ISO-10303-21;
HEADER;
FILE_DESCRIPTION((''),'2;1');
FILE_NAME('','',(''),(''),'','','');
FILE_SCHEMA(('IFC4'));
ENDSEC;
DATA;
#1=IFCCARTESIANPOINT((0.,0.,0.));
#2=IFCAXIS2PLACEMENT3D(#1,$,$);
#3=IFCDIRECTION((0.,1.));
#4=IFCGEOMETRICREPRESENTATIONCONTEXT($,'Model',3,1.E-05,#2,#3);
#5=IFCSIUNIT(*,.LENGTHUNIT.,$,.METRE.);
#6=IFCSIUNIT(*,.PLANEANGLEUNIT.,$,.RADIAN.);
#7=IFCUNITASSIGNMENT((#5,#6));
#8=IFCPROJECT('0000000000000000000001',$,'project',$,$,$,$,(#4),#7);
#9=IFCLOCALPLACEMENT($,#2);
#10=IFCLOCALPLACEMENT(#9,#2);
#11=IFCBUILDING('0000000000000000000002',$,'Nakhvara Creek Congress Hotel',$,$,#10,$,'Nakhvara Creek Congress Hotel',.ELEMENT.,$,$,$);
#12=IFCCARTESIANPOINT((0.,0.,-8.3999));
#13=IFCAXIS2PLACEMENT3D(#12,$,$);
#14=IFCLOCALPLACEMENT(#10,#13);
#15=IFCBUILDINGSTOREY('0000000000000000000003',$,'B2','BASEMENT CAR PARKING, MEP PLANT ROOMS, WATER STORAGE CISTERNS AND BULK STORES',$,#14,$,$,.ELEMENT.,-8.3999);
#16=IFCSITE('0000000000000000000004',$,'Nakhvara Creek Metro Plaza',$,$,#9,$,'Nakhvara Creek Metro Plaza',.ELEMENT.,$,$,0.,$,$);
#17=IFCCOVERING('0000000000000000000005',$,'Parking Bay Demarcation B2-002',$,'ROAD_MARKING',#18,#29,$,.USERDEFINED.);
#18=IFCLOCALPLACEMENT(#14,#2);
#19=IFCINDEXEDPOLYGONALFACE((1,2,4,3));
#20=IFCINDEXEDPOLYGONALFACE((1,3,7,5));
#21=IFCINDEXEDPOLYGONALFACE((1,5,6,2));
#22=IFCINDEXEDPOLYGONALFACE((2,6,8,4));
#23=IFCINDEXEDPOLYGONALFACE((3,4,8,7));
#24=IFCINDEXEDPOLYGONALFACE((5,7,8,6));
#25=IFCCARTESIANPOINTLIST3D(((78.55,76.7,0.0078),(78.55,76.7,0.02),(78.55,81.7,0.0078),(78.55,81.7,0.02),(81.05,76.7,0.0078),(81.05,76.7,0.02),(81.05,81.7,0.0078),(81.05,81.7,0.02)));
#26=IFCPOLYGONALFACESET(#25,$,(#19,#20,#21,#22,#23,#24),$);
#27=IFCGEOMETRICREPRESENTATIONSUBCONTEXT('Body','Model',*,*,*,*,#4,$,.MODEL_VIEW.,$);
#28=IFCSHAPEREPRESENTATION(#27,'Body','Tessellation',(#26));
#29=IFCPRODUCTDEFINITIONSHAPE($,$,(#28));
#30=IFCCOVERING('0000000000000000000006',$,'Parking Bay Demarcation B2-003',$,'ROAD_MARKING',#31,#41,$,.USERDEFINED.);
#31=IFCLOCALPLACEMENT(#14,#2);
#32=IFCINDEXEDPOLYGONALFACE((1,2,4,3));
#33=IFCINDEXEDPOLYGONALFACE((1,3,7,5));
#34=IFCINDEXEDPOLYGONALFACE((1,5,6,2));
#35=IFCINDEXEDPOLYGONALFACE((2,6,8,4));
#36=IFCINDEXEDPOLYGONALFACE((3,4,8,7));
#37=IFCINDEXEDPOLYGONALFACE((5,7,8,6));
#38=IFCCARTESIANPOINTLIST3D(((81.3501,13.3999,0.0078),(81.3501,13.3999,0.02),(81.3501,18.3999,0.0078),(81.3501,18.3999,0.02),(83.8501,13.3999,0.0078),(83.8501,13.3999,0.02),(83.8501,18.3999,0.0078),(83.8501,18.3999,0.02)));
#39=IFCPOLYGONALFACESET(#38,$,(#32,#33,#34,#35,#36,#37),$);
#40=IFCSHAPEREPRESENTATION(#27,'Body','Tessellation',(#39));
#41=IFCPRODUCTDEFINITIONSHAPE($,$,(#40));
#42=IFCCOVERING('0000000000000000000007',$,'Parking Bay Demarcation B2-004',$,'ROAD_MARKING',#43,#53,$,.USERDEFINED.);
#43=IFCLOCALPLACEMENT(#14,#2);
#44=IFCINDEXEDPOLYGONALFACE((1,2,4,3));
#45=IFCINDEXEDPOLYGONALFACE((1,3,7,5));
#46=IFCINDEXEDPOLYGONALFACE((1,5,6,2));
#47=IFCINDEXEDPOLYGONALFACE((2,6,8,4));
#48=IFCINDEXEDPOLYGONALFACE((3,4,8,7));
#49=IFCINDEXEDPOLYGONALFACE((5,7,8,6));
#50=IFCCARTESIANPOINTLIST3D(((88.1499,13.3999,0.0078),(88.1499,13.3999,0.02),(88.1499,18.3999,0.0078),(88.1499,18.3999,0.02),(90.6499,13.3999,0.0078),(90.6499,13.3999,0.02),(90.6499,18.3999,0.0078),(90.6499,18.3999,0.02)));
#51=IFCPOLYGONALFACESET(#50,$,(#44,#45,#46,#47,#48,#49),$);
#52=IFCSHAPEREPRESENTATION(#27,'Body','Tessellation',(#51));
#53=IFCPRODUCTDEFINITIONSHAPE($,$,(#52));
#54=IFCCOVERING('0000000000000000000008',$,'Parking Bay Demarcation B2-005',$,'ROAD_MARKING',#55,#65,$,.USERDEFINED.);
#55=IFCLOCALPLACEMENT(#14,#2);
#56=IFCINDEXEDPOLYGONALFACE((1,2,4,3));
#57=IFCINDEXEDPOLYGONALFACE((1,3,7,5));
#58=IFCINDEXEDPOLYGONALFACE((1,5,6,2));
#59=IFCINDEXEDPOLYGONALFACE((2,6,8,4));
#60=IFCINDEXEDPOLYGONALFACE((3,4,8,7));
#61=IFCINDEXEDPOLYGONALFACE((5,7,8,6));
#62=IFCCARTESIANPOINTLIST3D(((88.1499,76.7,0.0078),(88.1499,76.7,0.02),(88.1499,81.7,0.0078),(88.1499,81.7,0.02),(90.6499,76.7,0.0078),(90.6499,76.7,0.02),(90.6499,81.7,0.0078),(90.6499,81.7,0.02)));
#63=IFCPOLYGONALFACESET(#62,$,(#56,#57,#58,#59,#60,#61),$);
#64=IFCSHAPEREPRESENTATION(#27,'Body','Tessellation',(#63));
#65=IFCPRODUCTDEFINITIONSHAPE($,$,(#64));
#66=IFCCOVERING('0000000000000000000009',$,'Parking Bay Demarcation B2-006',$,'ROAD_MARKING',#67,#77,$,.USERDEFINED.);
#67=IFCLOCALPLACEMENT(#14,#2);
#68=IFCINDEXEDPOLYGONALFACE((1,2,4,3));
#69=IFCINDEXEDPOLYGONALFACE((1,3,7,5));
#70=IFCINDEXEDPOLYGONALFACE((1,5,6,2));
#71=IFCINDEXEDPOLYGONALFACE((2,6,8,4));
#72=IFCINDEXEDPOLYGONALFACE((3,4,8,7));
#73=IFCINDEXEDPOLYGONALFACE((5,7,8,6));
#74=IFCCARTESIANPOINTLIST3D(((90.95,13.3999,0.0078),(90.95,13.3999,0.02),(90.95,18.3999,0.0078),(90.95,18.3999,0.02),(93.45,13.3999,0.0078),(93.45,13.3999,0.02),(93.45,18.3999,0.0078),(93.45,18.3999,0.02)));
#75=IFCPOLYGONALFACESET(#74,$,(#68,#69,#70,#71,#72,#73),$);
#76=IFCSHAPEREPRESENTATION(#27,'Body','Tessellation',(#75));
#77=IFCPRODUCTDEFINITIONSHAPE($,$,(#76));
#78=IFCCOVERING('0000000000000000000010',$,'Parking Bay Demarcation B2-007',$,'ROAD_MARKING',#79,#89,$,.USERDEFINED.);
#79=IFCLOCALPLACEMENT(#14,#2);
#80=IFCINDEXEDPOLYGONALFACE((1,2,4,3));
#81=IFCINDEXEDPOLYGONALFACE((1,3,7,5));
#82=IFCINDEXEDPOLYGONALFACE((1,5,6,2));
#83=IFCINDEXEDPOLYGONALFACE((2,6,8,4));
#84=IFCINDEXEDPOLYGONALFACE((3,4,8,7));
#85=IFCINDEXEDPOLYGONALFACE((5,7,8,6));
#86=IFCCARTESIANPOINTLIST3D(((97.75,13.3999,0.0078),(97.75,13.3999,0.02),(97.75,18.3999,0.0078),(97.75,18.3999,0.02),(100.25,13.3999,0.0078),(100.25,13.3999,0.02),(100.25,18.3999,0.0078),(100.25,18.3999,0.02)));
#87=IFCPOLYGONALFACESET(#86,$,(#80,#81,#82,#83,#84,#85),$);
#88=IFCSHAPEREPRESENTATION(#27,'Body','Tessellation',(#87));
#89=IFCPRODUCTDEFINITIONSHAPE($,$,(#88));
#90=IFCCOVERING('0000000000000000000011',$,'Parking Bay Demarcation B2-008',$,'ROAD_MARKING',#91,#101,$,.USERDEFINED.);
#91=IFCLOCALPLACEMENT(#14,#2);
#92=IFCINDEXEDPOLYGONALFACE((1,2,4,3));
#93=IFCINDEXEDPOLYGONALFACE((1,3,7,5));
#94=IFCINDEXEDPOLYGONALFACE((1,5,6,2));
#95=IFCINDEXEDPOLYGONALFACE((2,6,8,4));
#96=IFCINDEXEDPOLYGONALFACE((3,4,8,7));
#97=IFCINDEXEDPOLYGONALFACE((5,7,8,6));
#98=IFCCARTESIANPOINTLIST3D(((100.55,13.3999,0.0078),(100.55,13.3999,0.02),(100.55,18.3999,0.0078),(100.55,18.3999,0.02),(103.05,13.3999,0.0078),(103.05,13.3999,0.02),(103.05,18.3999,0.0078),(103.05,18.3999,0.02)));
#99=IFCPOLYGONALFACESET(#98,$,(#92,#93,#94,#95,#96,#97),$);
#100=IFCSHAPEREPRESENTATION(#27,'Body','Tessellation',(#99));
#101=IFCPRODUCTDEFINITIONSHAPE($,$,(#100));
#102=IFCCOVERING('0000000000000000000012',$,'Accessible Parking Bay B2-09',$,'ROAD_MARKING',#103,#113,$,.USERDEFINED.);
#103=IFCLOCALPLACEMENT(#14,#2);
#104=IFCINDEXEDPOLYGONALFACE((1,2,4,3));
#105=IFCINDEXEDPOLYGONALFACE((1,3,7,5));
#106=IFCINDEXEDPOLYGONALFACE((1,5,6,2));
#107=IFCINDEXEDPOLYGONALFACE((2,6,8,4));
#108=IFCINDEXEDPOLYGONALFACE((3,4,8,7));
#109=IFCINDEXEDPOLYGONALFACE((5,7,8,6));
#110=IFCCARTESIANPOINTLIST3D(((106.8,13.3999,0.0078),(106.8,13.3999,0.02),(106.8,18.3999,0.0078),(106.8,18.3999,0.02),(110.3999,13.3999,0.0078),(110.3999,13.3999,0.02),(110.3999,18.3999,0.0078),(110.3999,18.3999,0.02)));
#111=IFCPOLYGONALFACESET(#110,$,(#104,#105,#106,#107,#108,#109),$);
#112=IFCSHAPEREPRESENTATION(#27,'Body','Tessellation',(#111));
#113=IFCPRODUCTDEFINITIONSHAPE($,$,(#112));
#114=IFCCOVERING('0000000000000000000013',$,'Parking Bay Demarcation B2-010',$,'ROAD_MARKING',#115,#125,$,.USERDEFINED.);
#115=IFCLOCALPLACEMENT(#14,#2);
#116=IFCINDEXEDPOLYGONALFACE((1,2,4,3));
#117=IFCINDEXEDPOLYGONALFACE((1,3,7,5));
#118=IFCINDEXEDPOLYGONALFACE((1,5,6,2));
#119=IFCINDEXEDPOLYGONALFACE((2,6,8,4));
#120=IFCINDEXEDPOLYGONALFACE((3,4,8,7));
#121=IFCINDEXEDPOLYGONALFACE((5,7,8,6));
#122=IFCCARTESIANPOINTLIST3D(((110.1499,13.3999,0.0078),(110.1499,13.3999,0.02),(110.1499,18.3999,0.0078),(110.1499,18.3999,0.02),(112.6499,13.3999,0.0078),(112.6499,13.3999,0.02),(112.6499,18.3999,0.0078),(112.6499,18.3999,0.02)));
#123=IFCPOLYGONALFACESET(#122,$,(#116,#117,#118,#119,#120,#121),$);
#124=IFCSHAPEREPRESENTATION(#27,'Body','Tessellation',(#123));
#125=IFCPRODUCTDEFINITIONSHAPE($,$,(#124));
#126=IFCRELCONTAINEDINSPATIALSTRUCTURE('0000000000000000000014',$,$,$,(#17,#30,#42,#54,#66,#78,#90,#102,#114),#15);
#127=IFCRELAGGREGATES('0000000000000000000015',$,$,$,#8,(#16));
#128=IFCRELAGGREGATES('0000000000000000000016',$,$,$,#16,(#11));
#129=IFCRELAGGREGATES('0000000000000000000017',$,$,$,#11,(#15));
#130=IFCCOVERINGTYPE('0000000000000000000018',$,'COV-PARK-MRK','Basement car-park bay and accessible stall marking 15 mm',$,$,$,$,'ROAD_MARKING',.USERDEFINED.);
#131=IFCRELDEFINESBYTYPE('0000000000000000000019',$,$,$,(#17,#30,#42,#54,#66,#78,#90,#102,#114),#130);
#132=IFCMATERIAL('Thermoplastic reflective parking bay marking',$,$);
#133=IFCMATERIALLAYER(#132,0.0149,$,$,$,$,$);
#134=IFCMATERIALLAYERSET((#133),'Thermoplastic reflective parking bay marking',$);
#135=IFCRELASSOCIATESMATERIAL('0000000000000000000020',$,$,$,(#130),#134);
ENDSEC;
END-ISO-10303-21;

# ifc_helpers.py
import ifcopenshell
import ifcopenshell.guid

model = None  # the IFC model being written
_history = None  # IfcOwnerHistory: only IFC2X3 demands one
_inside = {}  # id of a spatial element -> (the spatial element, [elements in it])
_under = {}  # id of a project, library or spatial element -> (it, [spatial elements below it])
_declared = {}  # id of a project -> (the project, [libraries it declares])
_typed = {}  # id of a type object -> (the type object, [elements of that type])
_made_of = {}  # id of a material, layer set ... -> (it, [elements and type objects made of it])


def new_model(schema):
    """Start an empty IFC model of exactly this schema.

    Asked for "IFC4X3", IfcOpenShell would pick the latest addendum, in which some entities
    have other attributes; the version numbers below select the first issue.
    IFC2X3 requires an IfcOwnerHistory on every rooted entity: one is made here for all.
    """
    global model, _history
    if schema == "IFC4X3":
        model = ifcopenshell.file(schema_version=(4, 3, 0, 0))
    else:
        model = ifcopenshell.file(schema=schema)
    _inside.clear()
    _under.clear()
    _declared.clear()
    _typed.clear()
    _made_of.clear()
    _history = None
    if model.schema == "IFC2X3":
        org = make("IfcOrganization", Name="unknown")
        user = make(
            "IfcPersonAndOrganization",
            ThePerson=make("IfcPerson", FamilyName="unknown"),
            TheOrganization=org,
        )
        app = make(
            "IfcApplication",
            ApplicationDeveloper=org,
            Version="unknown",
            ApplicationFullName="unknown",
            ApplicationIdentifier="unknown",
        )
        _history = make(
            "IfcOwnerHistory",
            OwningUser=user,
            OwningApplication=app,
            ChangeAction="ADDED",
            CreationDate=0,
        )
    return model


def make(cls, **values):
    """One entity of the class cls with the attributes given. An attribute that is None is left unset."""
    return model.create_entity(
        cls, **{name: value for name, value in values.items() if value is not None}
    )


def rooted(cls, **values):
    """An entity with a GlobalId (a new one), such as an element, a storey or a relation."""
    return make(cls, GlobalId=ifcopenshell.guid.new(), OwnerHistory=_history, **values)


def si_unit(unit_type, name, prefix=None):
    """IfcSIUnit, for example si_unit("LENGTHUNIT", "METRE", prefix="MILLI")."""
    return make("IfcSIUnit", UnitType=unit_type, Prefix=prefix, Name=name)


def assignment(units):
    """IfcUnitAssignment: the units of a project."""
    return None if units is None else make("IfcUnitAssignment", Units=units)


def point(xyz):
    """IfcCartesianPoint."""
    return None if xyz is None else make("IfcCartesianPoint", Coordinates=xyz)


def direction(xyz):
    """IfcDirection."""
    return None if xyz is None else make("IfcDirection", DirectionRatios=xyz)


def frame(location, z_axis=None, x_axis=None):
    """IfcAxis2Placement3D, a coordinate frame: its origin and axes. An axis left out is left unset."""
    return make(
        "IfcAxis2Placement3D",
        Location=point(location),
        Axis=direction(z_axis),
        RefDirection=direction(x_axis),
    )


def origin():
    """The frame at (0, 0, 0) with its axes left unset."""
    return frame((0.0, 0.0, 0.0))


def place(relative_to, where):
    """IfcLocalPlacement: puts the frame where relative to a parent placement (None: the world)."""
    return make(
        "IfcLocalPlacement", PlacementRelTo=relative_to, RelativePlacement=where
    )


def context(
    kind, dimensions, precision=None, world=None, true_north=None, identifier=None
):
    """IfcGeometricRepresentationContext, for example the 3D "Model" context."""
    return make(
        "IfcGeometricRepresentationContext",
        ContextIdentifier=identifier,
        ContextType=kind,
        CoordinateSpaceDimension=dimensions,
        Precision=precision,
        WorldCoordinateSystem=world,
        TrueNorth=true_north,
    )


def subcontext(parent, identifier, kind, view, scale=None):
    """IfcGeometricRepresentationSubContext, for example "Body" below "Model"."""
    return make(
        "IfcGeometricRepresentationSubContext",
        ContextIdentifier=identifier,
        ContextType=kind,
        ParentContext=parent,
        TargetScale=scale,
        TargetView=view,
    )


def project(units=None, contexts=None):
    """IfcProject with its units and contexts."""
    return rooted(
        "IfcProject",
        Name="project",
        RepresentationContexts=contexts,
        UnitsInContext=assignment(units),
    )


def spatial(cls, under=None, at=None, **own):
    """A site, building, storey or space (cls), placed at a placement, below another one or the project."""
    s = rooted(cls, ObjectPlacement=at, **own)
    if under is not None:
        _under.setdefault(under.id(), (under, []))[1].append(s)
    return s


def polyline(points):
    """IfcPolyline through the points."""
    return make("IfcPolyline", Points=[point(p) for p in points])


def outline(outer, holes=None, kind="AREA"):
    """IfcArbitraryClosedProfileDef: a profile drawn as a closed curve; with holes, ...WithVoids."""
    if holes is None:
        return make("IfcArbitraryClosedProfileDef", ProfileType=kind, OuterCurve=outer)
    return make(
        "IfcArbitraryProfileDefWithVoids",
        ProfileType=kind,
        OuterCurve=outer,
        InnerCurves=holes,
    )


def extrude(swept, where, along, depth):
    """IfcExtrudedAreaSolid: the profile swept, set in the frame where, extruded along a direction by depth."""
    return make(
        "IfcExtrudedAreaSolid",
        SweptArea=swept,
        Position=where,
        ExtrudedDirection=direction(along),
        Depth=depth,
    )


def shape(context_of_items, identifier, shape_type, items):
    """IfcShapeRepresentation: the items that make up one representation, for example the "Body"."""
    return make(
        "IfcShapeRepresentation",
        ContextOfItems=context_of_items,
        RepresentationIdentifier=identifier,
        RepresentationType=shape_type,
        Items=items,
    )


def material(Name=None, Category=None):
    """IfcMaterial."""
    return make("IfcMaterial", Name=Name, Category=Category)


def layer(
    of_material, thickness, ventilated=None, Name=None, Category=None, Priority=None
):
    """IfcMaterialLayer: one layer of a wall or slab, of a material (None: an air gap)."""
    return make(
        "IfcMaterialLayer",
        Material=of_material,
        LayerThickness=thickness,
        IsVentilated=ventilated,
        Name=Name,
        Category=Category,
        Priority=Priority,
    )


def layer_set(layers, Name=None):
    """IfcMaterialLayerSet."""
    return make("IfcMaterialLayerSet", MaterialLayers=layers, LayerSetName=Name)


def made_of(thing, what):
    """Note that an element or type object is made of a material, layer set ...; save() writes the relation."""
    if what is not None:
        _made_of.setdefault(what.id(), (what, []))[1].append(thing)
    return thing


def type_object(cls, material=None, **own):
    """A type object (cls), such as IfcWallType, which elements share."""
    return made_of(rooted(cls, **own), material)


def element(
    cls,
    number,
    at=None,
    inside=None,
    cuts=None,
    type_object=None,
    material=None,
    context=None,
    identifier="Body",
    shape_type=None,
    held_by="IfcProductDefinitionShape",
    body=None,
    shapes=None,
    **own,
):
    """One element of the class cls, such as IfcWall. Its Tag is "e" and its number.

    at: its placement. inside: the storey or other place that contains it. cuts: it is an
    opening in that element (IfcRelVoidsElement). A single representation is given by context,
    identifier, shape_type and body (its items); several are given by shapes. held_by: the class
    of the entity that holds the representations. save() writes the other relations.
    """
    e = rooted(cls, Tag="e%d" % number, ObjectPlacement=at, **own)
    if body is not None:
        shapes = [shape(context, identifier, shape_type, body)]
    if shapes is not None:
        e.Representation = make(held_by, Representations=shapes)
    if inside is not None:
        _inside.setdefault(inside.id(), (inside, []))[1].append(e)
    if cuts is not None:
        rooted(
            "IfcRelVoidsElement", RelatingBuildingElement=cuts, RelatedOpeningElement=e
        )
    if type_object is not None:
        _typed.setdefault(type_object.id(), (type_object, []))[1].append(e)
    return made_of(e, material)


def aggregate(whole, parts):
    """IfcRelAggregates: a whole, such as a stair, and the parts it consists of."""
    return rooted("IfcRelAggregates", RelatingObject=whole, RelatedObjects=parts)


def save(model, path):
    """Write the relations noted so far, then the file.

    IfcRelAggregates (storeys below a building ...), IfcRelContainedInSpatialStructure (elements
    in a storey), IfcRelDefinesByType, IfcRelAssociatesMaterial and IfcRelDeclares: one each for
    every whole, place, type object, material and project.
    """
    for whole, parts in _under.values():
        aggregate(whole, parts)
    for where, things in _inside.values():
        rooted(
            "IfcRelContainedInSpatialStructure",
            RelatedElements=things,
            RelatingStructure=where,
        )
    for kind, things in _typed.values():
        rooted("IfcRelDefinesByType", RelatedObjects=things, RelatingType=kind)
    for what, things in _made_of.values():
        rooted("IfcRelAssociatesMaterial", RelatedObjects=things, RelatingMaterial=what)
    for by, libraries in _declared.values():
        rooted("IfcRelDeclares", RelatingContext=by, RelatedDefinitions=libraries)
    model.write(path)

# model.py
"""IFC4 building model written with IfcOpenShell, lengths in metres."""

from ifc_helpers import new_model, si_unit, direction, frame, origin, place, context, subcontext, project, spatial, polyline, outline, extrude, material, layer, layer_set, type_object, element, save


model = new_model("IFC4")

# Units and contexts
model_context = context("Model", 3, precision=1e-05, world=origin(), true_north=direction((0.0, 1.0)))
body_context = subcontext(model_context, "Body", "Model", "MODEL_VIEW")
ifc_project = project(units=[si_unit("LENGTHUNIT", "METRE"), si_unit("PLANEANGLEUNIT", "RADIAN")], contexts=[model_context])

# Site, building, storey
site_placement = place(None, origin())
site = spatial("IfcSite", under=ifc_project, at=site_placement, Name="Nakhvara Creek Metro Plaza", LongName="Nakhvara Creek Metro Plaza", CompositionType="ELEMENT", RefElevation=0.0)
building_placement = place(site_placement, origin())
building = spatial("IfcBuilding", under=site, at=building_placement, Name="Nakhvara Creek Congress Hotel", LongName="Nakhvara Creek Congress Hotel", CompositionType="ELEMENT")
storey_placement = place(building_placement, frame((0.0, 0.0, -8.3999)))
storey = spatial("IfcBuildingStorey", under=building, at=storey_placement, Name="B2", Description="BASEMENT CAR PARKING, MEP PLANT ROOMS, WATER STORAGE CISTERNS AND BULK STORES", CompositionType="ELEMENT", Elevation=-8.3999)

# Coverings
ifc_material_1 = material(Name="Thermoplastic reflective parking bay marking")
ifc_layer_1 = layer(ifc_material_1, 0.0149)
ifc_layer_set_1 = layer_set([ifc_layer_1], Name="Thermoplastic reflective parking bay marking")
covering_type = type_object("IfcCoveringType", Name="COV-PARK-MRK", Description="Basement car-park bay and accessible stall marking 15 mm", ElementType="ROAD_MARKING", PredefinedType="USERDEFINED", material=ifc_layer_set_1)
covering_1_placement = place(storey_placement, frame((0.0, 0.0, 0.0078)))
element("IfcCovering", 1, at=covering_1_placement, inside=storey, type_object=covering_type, Name="Parking Bay Demarcation B2-002", ObjectType="ROAD_MARKING", PredefinedType="USERDEFINED", context=body_context, shape_type="SweptSolid", body=[
    extrude(outline(polyline([(78.55, 76.7), (81.05, 76.7), (81.05, 81.7), (78.55, 81.7), (78.55, 76.7)])), origin(), (0.0, 0.0, 1.0), 0.0122),
])
covering_2_placement = place(storey_placement, frame((0.0, 0.0, 0.0078)))
element("IfcCovering", 2, at=covering_2_placement, inside=storey, type_object=covering_type, Name="Parking Bay Demarcation B2-003", ObjectType="ROAD_MARKING", PredefinedType="USERDEFINED", context=body_context, shape_type="SweptSolid", body=[
    extrude(outline(polyline([(81.3501, 13.3999), (83.8501, 13.3999), (83.8501, 18.3999), (81.3501, 18.3999), (81.3501, 13.3999)])), origin(), (0.0, 0.0, 1.0), 0.0122),
])
covering_3_placement = place(storey_placement, frame((0.0, 0.0, 0.0078)))
element("IfcCovering", 3, at=covering_3_placement, inside=storey, type_object=covering_type, Name="Parking Bay Demarcation B2-004", ObjectType="ROAD_MARKING", PredefinedType="USERDEFINED", context=body_context, shape_type="SweptSolid", body=[
    extrude(outline(polyline([(88.1499, 13.3999), (90.6499, 13.3999), (90.6499, 18.3999), (88.1499, 18.3999), (88.1499, 13.3999)])), origin(), (0.0, 0.0, 1.0), 0.0122),
])
covering_4_placement = place(storey_placement, frame((0.0, 0.0, 0.0078)))
element("IfcCovering", 4, at=covering_4_placement, inside=storey, type_object=covering_type, Name="Parking Bay Demarcation B2-005", ObjectType="ROAD_MARKING", PredefinedType="USERDEFINED", context=body_context, shape_type="SweptSolid", body=[
    extrude(outline(polyline([(88.1499, 76.7), (90.6499, 76.7), (90.6499, 81.7), (88.1499, 81.7), (88.1499, 76.7)])), origin(), (0.0, 0.0, 1.0), 0.0122),
])
covering_5_placement = place(storey_placement, frame((0.0, 0.0, 0.0078)))
element("IfcCovering", 5, at=covering_5_placement, inside=storey, type_object=covering_type, Name="Parking Bay Demarcation B2-006", ObjectType="ROAD_MARKING", PredefinedType="USERDEFINED", context=body_context, shape_type="SweptSolid", body=[
    extrude(outline(polyline([(90.95, 13.3999), (93.45, 13.3999), (93.45, 18.3999), (90.95, 18.3999), (90.95, 13.3999)])), origin(), (0.0, 0.0, 1.0), 0.0122),
])
covering_6_placement = place(storey_placement, frame((0.0, 0.0, 0.0078)))
element("IfcCovering", 6, at=covering_6_placement, inside=storey, type_object=covering_type, Name="Parking Bay Demarcation B2-007", ObjectType="ROAD_MARKING", PredefinedType="USERDEFINED", context=body_context, shape_type="SweptSolid", body=[
    extrude(outline(polyline([(97.75, 13.3999), (100.25, 13.3999), (100.25, 18.3999), (97.75, 18.3999), (97.75, 13.3999)])), origin(), (0.0, 0.0, 1.0), 0.0122),
])
covering_7_placement = place(storey_placement, frame((0.0, 0.0, 0.0078)))
element("IfcCovering", 7, at=covering_7_placement, inside=storey, type_object=covering_type, Name="Parking Bay Demarcation B2-008", ObjectType="ROAD_MARKING", PredefinedType="USERDEFINED", context=body_context, shape_type="SweptSolid", body=[
    extrude(outline(polyline([(100.55, 13.3999), (103.05, 13.3999), (103.05, 18.3999), (100.55, 18.3999), (100.55, 13.3999)])), origin(), (0.0, 0.0, 1.0), 0.0122),
])
covering_8_placement = place(storey_placement, frame((0.0, 0.0, 0.0078)))
element("IfcCovering", 8, at=covering_8_placement, inside=storey, type_object=covering_type, Name="Accessible Parking Bay B2-09", ObjectType="ROAD_MARKING", PredefinedType="USERDEFINED", context=body_context, shape_type="SweptSolid", body=[
    extrude(outline(polyline([(106.8, 13.3999), (110.3999, 13.3999), (110.3999, 18.3999), (106.8, 18.3999), (106.8, 13.3999)])), origin(), (0.0, 0.0, 1.0), 0.0122),
])
covering_9_placement = place(storey_placement, frame((0.0, 0.0, 0.0078)))
element("IfcCovering", 9, at=covering_9_placement, inside=storey, type_object=covering_type, Name="Parking Bay Demarcation B2-010", ObjectType="ROAD_MARKING", PredefinedType="USERDEFINED", context=body_context, shape_type="SweptSolid", body=[
    extrude(outline(polyline([(110.1499, 13.3999), (112.6499, 13.3999), (112.6499, 18.3999), (110.1499, 18.3999), (110.1499, 13.3999)])), origin(), (0.0, 0.0, 1.0), 0.0122),
])

save(model, "model.ifc")
